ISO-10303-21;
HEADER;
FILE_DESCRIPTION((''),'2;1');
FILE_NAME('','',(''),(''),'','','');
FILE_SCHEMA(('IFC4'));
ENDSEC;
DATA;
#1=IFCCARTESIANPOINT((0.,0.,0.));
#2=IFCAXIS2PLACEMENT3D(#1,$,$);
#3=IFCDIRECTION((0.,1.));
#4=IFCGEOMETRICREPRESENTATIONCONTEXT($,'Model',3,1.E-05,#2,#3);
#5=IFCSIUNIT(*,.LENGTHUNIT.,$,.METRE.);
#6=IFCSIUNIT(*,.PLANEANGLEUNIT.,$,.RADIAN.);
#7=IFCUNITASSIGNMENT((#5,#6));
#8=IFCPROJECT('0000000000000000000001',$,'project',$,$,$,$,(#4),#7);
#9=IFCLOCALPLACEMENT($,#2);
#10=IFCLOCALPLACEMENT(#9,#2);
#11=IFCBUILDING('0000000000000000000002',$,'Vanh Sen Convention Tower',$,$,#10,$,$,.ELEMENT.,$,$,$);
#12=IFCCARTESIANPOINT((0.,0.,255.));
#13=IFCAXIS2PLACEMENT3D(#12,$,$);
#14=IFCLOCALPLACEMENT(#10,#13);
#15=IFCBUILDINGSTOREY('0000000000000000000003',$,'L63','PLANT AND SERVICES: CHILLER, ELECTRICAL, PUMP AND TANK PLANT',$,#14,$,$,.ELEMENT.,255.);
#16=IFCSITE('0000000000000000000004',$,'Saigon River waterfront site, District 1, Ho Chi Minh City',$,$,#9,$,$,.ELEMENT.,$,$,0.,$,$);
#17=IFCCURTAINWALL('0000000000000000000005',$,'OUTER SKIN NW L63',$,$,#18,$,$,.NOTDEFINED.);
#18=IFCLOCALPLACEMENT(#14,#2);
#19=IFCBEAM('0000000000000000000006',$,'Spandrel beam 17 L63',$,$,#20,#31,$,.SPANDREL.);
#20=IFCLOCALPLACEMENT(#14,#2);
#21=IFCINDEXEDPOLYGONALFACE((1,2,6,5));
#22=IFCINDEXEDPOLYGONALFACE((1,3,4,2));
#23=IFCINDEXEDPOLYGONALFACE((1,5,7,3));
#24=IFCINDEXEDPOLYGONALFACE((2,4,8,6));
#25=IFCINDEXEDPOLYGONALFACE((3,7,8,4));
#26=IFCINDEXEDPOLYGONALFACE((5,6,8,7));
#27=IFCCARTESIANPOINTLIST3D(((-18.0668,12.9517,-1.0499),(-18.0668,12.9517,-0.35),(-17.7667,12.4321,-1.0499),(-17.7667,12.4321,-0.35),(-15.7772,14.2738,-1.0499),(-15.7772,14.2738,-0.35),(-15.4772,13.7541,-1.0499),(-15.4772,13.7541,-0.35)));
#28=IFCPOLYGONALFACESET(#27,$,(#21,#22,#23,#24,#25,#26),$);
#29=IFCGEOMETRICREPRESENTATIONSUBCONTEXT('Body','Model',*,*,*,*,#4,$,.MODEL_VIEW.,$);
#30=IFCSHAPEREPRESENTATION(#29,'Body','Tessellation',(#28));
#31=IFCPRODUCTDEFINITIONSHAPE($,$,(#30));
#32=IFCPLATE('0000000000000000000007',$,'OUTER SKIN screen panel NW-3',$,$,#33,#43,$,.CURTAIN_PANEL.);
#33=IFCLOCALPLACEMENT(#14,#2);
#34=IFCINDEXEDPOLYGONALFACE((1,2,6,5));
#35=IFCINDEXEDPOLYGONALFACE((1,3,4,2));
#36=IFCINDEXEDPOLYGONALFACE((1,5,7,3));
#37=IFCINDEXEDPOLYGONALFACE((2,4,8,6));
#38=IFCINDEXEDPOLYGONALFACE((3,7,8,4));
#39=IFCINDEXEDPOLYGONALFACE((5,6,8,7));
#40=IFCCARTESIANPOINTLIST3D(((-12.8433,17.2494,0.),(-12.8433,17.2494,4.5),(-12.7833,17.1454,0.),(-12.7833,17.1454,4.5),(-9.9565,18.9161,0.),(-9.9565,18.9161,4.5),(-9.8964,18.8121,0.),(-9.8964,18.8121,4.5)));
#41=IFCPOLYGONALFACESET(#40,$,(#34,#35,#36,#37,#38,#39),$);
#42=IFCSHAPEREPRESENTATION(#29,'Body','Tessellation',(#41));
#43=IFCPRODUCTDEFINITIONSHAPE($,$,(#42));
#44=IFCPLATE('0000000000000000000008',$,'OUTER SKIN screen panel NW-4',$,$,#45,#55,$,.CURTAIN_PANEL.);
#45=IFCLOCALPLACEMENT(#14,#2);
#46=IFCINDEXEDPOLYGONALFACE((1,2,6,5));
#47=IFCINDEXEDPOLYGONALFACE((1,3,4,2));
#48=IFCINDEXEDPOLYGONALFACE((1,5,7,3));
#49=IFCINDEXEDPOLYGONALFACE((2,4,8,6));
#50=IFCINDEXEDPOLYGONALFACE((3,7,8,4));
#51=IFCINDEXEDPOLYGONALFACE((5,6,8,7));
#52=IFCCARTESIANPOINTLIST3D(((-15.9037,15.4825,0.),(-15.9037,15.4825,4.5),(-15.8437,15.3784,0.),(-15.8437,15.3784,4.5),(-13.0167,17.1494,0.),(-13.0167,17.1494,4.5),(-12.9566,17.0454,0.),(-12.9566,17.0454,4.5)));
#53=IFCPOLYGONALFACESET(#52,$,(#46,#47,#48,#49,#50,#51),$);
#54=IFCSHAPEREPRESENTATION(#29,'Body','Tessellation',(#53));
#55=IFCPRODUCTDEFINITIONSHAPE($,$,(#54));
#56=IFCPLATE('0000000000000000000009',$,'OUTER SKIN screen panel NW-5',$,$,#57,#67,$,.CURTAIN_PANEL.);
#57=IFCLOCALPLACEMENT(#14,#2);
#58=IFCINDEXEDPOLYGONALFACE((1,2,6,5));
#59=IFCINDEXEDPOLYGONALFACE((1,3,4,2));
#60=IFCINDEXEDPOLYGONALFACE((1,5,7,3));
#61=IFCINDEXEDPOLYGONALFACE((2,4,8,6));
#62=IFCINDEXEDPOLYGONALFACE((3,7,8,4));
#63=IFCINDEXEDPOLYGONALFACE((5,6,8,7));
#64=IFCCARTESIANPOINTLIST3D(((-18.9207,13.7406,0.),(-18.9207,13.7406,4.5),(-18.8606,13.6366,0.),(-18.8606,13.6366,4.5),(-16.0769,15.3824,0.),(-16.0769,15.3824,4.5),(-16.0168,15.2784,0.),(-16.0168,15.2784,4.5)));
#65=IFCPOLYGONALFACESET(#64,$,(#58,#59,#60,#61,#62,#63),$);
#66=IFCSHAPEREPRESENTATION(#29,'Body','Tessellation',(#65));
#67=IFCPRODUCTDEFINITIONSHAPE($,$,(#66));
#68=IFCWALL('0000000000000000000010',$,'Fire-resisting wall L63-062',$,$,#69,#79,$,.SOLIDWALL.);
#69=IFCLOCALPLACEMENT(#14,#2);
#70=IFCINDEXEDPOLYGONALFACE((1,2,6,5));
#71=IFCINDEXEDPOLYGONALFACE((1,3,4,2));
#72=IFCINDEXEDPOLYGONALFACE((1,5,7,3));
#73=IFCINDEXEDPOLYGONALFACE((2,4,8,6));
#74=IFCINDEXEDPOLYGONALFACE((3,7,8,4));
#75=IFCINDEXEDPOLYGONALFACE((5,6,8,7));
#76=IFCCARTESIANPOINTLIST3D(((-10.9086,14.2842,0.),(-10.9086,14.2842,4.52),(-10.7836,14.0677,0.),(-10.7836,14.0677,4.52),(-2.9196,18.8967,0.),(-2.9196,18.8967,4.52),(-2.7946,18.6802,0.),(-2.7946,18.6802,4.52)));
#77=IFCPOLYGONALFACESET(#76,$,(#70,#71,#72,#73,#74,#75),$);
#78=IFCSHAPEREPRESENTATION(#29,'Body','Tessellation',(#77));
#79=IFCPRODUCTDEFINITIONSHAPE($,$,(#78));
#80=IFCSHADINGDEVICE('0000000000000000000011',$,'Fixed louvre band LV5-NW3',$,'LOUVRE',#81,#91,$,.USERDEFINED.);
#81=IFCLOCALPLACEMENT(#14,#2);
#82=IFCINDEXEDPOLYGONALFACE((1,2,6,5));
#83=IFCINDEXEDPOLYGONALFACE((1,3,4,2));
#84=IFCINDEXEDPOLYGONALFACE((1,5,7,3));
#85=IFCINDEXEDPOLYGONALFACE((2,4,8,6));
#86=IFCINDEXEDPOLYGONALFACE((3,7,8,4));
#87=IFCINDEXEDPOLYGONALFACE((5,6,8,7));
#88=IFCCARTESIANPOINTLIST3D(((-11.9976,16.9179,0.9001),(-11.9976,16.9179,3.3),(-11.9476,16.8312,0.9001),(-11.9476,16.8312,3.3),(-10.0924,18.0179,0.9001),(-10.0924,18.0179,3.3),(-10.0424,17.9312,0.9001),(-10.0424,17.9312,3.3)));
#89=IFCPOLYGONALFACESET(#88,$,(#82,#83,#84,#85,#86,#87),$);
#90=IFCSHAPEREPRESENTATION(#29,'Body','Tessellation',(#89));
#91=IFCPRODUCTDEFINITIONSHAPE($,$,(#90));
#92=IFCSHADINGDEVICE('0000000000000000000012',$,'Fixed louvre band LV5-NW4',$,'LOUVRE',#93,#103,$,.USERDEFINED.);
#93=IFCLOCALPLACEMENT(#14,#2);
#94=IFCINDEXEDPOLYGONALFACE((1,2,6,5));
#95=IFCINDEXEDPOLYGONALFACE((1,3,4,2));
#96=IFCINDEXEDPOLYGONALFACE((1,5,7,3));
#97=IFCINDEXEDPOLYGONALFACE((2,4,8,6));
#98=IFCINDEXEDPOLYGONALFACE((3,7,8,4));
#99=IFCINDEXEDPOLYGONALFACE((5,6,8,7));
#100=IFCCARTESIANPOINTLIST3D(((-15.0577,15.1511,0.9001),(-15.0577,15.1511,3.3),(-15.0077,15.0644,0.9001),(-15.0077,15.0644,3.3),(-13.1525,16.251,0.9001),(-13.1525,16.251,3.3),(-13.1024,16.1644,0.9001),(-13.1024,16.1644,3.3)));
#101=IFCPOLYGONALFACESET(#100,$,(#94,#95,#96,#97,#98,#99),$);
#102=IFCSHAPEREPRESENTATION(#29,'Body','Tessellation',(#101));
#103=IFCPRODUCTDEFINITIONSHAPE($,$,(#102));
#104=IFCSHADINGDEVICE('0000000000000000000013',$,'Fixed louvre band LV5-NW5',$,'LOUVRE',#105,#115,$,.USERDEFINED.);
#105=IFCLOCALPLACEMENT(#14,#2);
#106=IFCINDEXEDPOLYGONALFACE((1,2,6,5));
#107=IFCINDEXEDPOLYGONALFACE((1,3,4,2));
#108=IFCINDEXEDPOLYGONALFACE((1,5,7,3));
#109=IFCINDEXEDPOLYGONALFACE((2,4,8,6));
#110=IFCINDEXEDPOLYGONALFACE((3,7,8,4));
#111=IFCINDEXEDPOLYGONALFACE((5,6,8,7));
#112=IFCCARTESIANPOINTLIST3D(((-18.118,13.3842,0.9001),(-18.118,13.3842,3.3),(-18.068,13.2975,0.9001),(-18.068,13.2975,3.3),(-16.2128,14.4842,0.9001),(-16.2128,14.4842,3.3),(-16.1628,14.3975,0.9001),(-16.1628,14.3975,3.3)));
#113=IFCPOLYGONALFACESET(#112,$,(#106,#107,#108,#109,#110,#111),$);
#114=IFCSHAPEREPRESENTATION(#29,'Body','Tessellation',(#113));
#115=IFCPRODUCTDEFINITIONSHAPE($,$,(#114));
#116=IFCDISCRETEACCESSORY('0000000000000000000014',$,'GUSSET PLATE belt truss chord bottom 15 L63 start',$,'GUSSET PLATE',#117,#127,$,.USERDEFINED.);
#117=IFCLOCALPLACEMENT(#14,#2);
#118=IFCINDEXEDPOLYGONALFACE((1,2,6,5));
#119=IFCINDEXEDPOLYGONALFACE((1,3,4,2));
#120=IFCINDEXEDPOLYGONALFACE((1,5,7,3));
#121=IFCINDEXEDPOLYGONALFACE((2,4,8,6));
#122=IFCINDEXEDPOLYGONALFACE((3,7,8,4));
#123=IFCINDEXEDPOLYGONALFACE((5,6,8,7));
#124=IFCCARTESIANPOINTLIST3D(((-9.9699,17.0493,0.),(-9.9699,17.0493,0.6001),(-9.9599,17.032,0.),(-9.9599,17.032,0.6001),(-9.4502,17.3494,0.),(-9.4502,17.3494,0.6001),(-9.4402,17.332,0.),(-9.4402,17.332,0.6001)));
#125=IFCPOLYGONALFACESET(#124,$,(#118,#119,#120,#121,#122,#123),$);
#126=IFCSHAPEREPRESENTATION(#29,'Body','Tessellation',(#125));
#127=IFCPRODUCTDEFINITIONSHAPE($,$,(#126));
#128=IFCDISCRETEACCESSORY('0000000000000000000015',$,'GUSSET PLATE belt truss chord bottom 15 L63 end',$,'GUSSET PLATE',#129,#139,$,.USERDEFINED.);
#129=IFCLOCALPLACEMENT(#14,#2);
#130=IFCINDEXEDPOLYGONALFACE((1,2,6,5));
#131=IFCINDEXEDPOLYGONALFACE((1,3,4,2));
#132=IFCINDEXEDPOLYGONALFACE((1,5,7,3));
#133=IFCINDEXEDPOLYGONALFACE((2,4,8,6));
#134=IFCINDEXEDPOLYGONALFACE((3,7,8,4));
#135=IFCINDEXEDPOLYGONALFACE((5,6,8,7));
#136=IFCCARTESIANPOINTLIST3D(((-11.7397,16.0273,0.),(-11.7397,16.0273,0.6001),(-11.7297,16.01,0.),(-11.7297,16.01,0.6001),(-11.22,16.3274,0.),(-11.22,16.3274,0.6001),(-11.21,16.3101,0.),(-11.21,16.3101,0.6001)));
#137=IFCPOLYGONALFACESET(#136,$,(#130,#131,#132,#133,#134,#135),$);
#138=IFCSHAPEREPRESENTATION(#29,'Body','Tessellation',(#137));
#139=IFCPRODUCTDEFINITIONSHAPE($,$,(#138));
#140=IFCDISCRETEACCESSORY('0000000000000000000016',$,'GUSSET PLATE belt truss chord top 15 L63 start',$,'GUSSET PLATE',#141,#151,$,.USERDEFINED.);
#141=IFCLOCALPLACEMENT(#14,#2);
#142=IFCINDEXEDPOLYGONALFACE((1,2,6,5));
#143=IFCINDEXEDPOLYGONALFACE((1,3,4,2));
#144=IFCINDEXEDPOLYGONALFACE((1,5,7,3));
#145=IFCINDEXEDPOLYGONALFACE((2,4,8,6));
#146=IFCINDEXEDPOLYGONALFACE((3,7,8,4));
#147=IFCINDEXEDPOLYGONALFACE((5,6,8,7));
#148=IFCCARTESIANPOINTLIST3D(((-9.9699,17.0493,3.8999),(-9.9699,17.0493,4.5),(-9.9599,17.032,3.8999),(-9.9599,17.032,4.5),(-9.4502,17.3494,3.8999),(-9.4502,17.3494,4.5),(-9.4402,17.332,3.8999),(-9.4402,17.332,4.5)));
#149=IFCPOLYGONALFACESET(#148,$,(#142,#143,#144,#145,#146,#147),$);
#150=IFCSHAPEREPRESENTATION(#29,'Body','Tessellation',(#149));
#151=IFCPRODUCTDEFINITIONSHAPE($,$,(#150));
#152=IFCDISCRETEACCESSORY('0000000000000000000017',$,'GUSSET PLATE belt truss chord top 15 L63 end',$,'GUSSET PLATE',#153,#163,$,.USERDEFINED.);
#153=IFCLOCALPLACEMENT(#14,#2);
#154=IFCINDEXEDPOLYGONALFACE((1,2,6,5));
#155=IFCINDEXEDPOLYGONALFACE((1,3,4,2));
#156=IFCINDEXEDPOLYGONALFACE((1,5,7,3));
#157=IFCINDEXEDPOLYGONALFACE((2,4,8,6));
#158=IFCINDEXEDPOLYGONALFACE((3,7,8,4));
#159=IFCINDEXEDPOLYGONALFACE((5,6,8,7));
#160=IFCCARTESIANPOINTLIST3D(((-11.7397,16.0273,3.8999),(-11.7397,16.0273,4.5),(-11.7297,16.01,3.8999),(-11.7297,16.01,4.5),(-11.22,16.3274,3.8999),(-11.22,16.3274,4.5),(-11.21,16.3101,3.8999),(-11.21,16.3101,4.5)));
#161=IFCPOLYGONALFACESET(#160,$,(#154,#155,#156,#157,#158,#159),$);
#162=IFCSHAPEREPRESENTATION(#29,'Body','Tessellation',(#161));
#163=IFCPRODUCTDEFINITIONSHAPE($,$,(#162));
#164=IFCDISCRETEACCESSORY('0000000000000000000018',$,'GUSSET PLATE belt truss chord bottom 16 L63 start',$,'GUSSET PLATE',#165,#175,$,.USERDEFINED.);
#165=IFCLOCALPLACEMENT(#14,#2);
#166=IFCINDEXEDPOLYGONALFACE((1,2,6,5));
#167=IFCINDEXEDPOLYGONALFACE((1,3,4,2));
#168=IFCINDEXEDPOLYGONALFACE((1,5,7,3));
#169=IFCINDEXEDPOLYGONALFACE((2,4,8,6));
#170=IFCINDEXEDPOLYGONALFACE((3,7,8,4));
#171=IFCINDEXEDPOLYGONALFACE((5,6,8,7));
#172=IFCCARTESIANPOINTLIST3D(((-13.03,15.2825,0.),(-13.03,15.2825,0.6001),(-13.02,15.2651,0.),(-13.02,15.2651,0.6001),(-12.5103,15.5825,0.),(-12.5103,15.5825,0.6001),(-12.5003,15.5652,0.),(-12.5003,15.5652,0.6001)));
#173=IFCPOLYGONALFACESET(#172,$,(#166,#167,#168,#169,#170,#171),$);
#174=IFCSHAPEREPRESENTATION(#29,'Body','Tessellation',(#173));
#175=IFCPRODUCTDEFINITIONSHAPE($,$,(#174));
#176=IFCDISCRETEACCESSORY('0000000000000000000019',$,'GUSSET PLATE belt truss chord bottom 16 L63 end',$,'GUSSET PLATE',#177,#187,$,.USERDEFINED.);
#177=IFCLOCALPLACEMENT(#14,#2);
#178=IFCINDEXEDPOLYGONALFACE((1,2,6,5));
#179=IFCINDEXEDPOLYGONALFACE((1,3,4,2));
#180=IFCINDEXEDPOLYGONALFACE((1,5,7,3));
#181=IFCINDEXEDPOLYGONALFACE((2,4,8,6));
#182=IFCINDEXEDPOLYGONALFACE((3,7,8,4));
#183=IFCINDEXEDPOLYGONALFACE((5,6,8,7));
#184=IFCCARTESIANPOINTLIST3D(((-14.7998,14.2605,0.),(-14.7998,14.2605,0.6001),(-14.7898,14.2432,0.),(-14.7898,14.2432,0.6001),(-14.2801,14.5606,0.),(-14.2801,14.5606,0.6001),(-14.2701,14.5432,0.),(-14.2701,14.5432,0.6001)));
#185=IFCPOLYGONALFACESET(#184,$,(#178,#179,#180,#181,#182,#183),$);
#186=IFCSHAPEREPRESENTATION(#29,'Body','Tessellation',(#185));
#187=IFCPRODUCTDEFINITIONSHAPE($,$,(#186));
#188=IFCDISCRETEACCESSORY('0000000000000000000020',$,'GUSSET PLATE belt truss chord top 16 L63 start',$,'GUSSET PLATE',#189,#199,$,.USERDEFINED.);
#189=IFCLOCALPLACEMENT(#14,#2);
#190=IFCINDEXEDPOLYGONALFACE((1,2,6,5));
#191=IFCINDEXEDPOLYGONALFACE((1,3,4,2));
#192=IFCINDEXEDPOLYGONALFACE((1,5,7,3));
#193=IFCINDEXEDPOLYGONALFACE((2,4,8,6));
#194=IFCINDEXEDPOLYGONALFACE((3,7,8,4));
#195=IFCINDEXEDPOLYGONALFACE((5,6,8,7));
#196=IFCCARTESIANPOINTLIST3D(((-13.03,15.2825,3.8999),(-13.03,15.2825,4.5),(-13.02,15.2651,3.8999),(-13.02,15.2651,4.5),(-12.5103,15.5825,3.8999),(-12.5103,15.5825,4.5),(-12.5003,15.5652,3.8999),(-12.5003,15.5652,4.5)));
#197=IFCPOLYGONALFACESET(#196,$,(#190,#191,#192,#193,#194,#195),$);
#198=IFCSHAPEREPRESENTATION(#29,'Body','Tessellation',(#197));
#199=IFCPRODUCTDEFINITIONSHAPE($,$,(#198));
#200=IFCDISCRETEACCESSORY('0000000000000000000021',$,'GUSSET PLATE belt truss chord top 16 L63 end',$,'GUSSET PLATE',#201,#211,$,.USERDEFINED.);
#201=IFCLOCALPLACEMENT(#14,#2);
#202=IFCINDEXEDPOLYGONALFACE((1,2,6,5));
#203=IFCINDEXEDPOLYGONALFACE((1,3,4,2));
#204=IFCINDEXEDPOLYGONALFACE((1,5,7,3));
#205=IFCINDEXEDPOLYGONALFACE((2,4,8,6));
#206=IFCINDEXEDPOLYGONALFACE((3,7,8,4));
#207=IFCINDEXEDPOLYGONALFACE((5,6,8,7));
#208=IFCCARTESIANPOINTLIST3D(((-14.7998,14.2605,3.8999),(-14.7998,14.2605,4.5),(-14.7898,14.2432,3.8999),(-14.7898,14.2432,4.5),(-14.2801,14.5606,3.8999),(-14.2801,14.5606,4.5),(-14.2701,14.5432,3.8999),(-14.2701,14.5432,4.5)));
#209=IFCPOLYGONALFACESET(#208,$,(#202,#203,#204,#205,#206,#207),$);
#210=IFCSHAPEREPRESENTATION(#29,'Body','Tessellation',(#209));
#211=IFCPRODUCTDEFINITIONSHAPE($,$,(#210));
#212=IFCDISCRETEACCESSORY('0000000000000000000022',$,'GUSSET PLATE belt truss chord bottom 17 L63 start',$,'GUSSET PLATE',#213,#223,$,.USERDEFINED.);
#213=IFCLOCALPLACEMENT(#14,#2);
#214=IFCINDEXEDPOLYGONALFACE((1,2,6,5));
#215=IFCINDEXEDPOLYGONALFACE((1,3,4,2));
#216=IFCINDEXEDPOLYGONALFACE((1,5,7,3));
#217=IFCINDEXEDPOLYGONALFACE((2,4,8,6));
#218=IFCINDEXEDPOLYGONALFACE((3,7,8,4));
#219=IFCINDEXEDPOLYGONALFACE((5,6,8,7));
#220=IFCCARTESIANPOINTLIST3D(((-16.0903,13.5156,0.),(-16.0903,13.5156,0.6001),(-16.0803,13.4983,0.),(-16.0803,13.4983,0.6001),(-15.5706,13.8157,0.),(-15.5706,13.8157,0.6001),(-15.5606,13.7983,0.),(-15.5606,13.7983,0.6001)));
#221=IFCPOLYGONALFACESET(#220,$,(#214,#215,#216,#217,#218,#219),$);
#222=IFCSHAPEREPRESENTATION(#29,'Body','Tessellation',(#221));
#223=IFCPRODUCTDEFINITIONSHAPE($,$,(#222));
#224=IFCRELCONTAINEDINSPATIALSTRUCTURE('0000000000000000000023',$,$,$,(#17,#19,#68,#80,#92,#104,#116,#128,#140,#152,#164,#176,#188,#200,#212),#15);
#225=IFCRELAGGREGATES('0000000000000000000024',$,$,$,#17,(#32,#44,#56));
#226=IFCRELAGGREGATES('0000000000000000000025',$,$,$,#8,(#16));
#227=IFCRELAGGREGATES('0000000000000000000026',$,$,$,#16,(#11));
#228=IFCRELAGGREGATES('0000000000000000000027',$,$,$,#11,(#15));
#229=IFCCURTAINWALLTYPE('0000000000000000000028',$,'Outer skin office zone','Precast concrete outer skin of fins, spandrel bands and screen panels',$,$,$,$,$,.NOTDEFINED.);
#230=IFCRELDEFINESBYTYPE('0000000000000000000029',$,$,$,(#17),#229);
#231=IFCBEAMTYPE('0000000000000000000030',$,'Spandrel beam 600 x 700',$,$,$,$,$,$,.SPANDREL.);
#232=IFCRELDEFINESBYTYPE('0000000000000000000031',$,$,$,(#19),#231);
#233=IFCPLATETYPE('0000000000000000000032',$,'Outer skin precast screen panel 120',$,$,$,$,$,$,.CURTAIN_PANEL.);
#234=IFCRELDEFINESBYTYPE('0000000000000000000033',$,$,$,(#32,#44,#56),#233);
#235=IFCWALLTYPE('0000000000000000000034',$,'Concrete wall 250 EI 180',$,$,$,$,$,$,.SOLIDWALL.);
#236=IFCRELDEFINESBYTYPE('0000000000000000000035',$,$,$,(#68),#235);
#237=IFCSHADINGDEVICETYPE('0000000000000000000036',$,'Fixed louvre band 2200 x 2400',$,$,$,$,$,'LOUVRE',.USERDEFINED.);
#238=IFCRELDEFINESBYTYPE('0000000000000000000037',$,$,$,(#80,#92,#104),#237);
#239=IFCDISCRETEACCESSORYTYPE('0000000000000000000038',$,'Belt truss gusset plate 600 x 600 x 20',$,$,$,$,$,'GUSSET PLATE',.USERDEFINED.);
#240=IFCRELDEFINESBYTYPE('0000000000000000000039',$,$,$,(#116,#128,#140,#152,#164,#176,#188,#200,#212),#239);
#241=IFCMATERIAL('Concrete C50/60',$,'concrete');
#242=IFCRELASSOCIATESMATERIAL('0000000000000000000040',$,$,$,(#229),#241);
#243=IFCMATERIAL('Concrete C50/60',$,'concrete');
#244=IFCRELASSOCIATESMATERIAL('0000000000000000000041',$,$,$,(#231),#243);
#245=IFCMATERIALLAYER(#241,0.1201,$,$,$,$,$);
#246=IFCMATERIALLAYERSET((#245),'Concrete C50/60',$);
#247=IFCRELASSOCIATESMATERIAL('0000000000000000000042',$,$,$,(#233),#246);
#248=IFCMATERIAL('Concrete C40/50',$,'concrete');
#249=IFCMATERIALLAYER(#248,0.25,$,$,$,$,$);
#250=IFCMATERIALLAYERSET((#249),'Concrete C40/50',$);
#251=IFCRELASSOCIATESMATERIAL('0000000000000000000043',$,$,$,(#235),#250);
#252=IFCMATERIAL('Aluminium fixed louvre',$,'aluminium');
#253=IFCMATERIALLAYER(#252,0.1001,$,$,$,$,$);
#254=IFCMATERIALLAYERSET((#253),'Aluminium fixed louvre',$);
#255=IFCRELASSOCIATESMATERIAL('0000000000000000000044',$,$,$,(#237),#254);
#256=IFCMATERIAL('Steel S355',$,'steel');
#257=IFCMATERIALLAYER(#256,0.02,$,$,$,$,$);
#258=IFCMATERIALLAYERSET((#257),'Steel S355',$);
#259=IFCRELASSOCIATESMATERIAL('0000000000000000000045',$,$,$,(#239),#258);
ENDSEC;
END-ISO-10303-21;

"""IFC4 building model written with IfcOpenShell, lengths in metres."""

from ifc_helpers import new_model, si_unit, direction, frame, frame_2d, origin, origin_2d, place, context, subcontext, project, spatial, rectangle, extrude, material, layer, layer_set, material_profile, profile_set, type_object, element, aggregate, save


model = new_model("IFC4")

# Units and contexts
model_context = context("Model", 3, precision=1e-05, world=origin(), true_north=direction((0.0, 1.0)))
body_context = subcontext(model_context, "Body", "Model", "MODEL_VIEW")
ifc_project = project(units=[si_unit("LENGTHUNIT", "METRE"), si_unit("PLANEANGLEUNIT", "RADIAN")], contexts=[model_context])

# Site, building, storey
site_placement = place(None, origin())
site = spatial("IfcSite", under=ifc_project, at=site_placement, Name="Saigon River waterfront site, District 1, Ho Chi Minh City", CompositionType="ELEMENT", RefElevation=0.0)
building_placement = place(site_placement, origin())
building = spatial("IfcBuilding", under=site, at=building_placement, Name="Vanh Sen Convention Tower", CompositionType="ELEMENT")
storey_placement = place(building_placement, frame((0.0, 0.0, 255.0)))
storey = spatial("IfcBuildingStorey", under=building, at=storey_placement, Name="L63", Description="PLANT AND SERVICES: CHILLER, ELECTRICAL, PUMP AND TANK PLANT", CompositionType="ELEMENT", Elevation=255.0)

# Shared definitions
ifc_material_1 = material(Name="Steel S355", Category="steel")

# Curtain wall
ifc_material_2 = material(Name="Concrete C50/60", Category="concrete")
curtain_wall_type = type_object("IfcCurtainWallType", Name="Outer skin office zone", Description="Precast concrete outer skin of fins, spandrel bands and screen panels", PredefinedType="NOTDEFINED", material=ifc_material_2)
curtain_wall_1_placement = place(storey_placement, origin())
curtain_wall_1 = element("IfcCurtainWall", 1, at=curtain_wall_1_placement, inside=storey, type_object=curtain_wall_type, Name="OUTER SKIN NW L63", PredefinedType="NOTDEFINED")

# Beam
ifc_material_3 = material(Name="Concrete C50/60", Category="concrete")
ifc_material_profile_1 = material_profile(ifc_material_3, rectangle(XDim=0.6001, YDim=0.7, at=origin_2d()), Name="RC 600X700")
ifc_profile_set_1 = profile_set([ifc_material_profile_1], Name="Concrete C50/60")
beam_type_1 = type_object("IfcBeamType", Name="Spandrel beam 600 x 700", PredefinedType="SPANDREL", material=ifc_profile_set_1)
beam_1_placement = place(storey_placement, frame((-15.6272, 14.0139, -0.7), z_axis=(-0.866001, -0.500042, 0.0), x_axis=(0.500042, -0.866001, 0.0)))
element("IfcBeam", 2, at=beam_1_placement, inside=storey, type_object=beam_type_1, Name="Spandrel beam 17 L63", PredefinedType="SPANDREL", context=body_context, shape_type="SweptSolid", body=[
    extrude(rectangle(XDim=0.6001, YDim=0.7, at=origin_2d()), origin(), (0.0, 0.0, 1.0), 2.6438),
])

# Plates
ifc_layer_1 = layer(ifc_material_2, 0.1201)
ifc_layer_set_1 = layer_set([ifc_layer_1], Name="Concrete C50/60")
plate_type = type_object("IfcPlateType", Name="Outer skin precast screen panel 120", PredefinedType="CURTAIN_PANEL", material=ifc_layer_set_1)
plate_1_placement = place(storey_placement, frame((-11.3699, 18.0308, 0.0), z_axis=(0.0, 0.0, 1.0), x_axis=(-0.866026, -0.499998, 0.0)))
plate_1 = element("IfcPlate", 3, at=plate_1_placement, type_object=plate_type, Name="OUTER SKIN screen panel NW-3", PredefinedType="CURTAIN_PANEL", context=body_context, shape_type="SweptSolid", body=[
    extrude(rectangle(XDim=3.3335, YDim=0.1201, at=origin_2d()), origin(), (0.0, 0.0, 1.0), 4.5),
])
plate_2_placement = place(storey_placement, frame((-14.4302, 16.2639, 0.0), z_axis=(0.0, 0.0, 1.0), x_axis=(-0.866014, -0.50002, 0.0)))
plate_2 = element("IfcPlate", 4, at=plate_2_placement, type_object=plate_type, Name="OUTER SKIN screen panel NW-4", PredefinedType="CURTAIN_PANEL", context=body_context, shape_type="SweptSolid", body=[
    extrude(rectangle(XDim=3.3337, YDim=0.1201, at=origin_2d()), origin(), (0.0, 0.0, 1.0), 4.5),
])
plate_3_placement = place(storey_placement, frame((-17.4688, 14.5095, 0.0), z_axis=(0.0, 0.0, 1.0), x_axis=(-0.866033, -0.499986, 0.0)))
plate_3 = element("IfcPlate", 5, at=plate_3_placement, type_object=plate_type, Name="OUTER SKIN screen panel NW-5", PredefinedType="CURTAIN_PANEL", context=body_context, shape_type="SweptSolid", body=[
    extrude(rectangle(XDim=3.2837, YDim=0.1201, at=origin_2d()), origin(), (0.0, 0.0, 1.0), 4.5),
])
aggregate(curtain_wall_1, [plate_1, plate_2, plate_3])

# Wall
ifc_material_4 = material(Name="Concrete C40/50", Category="concrete")
ifc_layer_2 = layer(ifc_material_4, 0.25)
ifc_layer_set_2 = layer_set([ifc_layer_2], Name="Concrete C40/50")
wall_type = type_object("IfcWallType", Name="Concrete wall 250 EI 180", PredefinedType="SOLIDWALL", material=ifc_layer_set_2)
wall_placement = place(storey_placement, frame((-10.8459, 14.176, 0.0), z_axis=(0.0, 0.0, 1.0), x_axis=(0.866021, 0.500007, 0.0)))
element("IfcWall", 6, at=wall_placement, inside=storey, type_object=wall_type, Name="Fire-resisting wall L63-062", PredefinedType="SOLIDWALL", context=body_context, shape_type="SweptSolid", body=[
    extrude(rectangle(XDim=9.2249, YDim=0.25, at=frame_2d((4.6123, 0.0))), origin(), (0.0, 0.0, 1.0), 4.52),
])

# Shading devices
ifc_material_5 = material(Name="Aluminium fixed louvre", Category="aluminium")
ifc_layer_3 = layer(ifc_material_5, 0.1001)
ifc_layer_set_3 = layer_set([ifc_layer_3], Name="Aluminium fixed louvre")
shading_device_type = type_object("IfcShadingDeviceType", Name="Fixed louvre band 2200 x 2400", ElementType="LOUVRE", PredefinedType="USERDEFINED", material=ifc_layer_set_3)
for number, where, z_axis, x_axis, name in (
    (7, (-11.02, 17.4246, 0.9001), (0.0, 0.0, 1.0), (-0.866025, -0.500002, 0.0), "Fixed louvre band LV5-NW3"),
    (8, (-14.0801, 15.6577, 0.9001), (0.0, 0.0, 1.0), (-0.866025, -0.500002, 0.0), "Fixed louvre band LV5-NW4"),
    (9, (-17.1404, 13.8909, 0.9001), (0.0, 0.0, 1.0), (-0.866025, -0.500002, 0.0), "Fixed louvre band LV5-NW5"),
):
    element("IfcShadingDevice", number, at=place(storey_placement, frame(where, z_axis=z_axis, x_axis=x_axis)), inside=storey, type_object=shading_device_type, Name=name, ObjectType="LOUVRE", PredefinedType="USERDEFINED", context=body_context, shape_type="SweptSolid", body=[
        extrude(rectangle(XDim=2.2, YDim=0.1001, at=origin_2d()), origin(), (0.0, 0.0, 1.0), 2.3999),
    ])

# Discrete accessories
ifc_layer_4 = layer(ifc_material_1, 0.02)
ifc_layer_set_4 = layer_set([ifc_layer_4], Name="Steel S355")
discrete_accessory_type_1 = type_object("IfcDiscreteAccessoryType", Name="Belt truss gusset plate 600 x 600 x 20", ElementType="GUSSET PLATE", PredefinedType="USERDEFINED", material=ifc_layer_set_4)
for number, where, z_axis, x_axis, name in (
    (10, (-9.7051, 17.1907, 0.0), (0.0, 0.0, 1.0), (-0.866026, -0.499998, 0.0), "GUSSET PLATE belt truss chord bottom 15 L63 start"),
    (11, (-11.4749, 16.1687, 0.0), (0.0, 0.0, 1.0), (0.866026, 0.499998, 0.0), "GUSSET PLATE belt truss chord bottom 15 L63 end"),
    (12, (-9.7051, 17.1907, 3.8999), (0.0, 0.0, 1.0), (-0.866026, -0.499998, 0.0), "GUSSET PLATE belt truss chord top 15 L63 start"),
    (13, (-11.4749, 16.1687, 3.8999), (0.0, 0.0, 1.0), (0.866026, 0.499998, 0.0), "GUSSET PLATE belt truss chord top 15 L63 end"),
    (14, (-12.7651, 15.4238, 0.0), (0.0, 0.0, 1.0), (-0.866014, -0.50002, 0.0), "GUSSET PLATE belt truss chord bottom 16 L63 start"),
    (15, (-14.5349, 14.4019, 0.0), (0.0, 0.0, 1.0), (0.866014, 0.50002, 0.0), "GUSSET PLATE belt truss chord bottom 16 L63 end"),
    (16, (-12.7651, 15.4238, 3.8999), (0.0, 0.0, 1.0), (-0.866014, -0.50002, 0.0), "GUSSET PLATE belt truss chord top 16 L63 start"),
    (17, (-14.5349, 14.4019, 3.8999), (0.0, 0.0, 1.0), (0.866014, 0.50002, 0.0), "GUSSET PLATE belt truss chord top 16 L63 end"),
    (18, (-15.8254, 13.657, 0.0), (0.0, 0.0, 1.0), (-0.866033, -0.499986, 0.0), "GUSSET PLATE belt truss chord bottom 17 L63 start"),
):
    element("IfcDiscreteAccessory", number, at=place(storey_placement, frame(where, z_axis=z_axis, x_axis=x_axis)), inside=storey, type_object=discrete_accessory_type_1, Name=name, ObjectType="GUSSET PLATE", PredefinedType="USERDEFINED", context=body_context, shape_type="SweptSolid", body=[
        extrude(rectangle(XDim=0.6001, YDim=0.02, at=origin_2d()), origin(), (0.0, 0.0, 1.0), 0.6001),
    ])

save(model, "model.ifc")
